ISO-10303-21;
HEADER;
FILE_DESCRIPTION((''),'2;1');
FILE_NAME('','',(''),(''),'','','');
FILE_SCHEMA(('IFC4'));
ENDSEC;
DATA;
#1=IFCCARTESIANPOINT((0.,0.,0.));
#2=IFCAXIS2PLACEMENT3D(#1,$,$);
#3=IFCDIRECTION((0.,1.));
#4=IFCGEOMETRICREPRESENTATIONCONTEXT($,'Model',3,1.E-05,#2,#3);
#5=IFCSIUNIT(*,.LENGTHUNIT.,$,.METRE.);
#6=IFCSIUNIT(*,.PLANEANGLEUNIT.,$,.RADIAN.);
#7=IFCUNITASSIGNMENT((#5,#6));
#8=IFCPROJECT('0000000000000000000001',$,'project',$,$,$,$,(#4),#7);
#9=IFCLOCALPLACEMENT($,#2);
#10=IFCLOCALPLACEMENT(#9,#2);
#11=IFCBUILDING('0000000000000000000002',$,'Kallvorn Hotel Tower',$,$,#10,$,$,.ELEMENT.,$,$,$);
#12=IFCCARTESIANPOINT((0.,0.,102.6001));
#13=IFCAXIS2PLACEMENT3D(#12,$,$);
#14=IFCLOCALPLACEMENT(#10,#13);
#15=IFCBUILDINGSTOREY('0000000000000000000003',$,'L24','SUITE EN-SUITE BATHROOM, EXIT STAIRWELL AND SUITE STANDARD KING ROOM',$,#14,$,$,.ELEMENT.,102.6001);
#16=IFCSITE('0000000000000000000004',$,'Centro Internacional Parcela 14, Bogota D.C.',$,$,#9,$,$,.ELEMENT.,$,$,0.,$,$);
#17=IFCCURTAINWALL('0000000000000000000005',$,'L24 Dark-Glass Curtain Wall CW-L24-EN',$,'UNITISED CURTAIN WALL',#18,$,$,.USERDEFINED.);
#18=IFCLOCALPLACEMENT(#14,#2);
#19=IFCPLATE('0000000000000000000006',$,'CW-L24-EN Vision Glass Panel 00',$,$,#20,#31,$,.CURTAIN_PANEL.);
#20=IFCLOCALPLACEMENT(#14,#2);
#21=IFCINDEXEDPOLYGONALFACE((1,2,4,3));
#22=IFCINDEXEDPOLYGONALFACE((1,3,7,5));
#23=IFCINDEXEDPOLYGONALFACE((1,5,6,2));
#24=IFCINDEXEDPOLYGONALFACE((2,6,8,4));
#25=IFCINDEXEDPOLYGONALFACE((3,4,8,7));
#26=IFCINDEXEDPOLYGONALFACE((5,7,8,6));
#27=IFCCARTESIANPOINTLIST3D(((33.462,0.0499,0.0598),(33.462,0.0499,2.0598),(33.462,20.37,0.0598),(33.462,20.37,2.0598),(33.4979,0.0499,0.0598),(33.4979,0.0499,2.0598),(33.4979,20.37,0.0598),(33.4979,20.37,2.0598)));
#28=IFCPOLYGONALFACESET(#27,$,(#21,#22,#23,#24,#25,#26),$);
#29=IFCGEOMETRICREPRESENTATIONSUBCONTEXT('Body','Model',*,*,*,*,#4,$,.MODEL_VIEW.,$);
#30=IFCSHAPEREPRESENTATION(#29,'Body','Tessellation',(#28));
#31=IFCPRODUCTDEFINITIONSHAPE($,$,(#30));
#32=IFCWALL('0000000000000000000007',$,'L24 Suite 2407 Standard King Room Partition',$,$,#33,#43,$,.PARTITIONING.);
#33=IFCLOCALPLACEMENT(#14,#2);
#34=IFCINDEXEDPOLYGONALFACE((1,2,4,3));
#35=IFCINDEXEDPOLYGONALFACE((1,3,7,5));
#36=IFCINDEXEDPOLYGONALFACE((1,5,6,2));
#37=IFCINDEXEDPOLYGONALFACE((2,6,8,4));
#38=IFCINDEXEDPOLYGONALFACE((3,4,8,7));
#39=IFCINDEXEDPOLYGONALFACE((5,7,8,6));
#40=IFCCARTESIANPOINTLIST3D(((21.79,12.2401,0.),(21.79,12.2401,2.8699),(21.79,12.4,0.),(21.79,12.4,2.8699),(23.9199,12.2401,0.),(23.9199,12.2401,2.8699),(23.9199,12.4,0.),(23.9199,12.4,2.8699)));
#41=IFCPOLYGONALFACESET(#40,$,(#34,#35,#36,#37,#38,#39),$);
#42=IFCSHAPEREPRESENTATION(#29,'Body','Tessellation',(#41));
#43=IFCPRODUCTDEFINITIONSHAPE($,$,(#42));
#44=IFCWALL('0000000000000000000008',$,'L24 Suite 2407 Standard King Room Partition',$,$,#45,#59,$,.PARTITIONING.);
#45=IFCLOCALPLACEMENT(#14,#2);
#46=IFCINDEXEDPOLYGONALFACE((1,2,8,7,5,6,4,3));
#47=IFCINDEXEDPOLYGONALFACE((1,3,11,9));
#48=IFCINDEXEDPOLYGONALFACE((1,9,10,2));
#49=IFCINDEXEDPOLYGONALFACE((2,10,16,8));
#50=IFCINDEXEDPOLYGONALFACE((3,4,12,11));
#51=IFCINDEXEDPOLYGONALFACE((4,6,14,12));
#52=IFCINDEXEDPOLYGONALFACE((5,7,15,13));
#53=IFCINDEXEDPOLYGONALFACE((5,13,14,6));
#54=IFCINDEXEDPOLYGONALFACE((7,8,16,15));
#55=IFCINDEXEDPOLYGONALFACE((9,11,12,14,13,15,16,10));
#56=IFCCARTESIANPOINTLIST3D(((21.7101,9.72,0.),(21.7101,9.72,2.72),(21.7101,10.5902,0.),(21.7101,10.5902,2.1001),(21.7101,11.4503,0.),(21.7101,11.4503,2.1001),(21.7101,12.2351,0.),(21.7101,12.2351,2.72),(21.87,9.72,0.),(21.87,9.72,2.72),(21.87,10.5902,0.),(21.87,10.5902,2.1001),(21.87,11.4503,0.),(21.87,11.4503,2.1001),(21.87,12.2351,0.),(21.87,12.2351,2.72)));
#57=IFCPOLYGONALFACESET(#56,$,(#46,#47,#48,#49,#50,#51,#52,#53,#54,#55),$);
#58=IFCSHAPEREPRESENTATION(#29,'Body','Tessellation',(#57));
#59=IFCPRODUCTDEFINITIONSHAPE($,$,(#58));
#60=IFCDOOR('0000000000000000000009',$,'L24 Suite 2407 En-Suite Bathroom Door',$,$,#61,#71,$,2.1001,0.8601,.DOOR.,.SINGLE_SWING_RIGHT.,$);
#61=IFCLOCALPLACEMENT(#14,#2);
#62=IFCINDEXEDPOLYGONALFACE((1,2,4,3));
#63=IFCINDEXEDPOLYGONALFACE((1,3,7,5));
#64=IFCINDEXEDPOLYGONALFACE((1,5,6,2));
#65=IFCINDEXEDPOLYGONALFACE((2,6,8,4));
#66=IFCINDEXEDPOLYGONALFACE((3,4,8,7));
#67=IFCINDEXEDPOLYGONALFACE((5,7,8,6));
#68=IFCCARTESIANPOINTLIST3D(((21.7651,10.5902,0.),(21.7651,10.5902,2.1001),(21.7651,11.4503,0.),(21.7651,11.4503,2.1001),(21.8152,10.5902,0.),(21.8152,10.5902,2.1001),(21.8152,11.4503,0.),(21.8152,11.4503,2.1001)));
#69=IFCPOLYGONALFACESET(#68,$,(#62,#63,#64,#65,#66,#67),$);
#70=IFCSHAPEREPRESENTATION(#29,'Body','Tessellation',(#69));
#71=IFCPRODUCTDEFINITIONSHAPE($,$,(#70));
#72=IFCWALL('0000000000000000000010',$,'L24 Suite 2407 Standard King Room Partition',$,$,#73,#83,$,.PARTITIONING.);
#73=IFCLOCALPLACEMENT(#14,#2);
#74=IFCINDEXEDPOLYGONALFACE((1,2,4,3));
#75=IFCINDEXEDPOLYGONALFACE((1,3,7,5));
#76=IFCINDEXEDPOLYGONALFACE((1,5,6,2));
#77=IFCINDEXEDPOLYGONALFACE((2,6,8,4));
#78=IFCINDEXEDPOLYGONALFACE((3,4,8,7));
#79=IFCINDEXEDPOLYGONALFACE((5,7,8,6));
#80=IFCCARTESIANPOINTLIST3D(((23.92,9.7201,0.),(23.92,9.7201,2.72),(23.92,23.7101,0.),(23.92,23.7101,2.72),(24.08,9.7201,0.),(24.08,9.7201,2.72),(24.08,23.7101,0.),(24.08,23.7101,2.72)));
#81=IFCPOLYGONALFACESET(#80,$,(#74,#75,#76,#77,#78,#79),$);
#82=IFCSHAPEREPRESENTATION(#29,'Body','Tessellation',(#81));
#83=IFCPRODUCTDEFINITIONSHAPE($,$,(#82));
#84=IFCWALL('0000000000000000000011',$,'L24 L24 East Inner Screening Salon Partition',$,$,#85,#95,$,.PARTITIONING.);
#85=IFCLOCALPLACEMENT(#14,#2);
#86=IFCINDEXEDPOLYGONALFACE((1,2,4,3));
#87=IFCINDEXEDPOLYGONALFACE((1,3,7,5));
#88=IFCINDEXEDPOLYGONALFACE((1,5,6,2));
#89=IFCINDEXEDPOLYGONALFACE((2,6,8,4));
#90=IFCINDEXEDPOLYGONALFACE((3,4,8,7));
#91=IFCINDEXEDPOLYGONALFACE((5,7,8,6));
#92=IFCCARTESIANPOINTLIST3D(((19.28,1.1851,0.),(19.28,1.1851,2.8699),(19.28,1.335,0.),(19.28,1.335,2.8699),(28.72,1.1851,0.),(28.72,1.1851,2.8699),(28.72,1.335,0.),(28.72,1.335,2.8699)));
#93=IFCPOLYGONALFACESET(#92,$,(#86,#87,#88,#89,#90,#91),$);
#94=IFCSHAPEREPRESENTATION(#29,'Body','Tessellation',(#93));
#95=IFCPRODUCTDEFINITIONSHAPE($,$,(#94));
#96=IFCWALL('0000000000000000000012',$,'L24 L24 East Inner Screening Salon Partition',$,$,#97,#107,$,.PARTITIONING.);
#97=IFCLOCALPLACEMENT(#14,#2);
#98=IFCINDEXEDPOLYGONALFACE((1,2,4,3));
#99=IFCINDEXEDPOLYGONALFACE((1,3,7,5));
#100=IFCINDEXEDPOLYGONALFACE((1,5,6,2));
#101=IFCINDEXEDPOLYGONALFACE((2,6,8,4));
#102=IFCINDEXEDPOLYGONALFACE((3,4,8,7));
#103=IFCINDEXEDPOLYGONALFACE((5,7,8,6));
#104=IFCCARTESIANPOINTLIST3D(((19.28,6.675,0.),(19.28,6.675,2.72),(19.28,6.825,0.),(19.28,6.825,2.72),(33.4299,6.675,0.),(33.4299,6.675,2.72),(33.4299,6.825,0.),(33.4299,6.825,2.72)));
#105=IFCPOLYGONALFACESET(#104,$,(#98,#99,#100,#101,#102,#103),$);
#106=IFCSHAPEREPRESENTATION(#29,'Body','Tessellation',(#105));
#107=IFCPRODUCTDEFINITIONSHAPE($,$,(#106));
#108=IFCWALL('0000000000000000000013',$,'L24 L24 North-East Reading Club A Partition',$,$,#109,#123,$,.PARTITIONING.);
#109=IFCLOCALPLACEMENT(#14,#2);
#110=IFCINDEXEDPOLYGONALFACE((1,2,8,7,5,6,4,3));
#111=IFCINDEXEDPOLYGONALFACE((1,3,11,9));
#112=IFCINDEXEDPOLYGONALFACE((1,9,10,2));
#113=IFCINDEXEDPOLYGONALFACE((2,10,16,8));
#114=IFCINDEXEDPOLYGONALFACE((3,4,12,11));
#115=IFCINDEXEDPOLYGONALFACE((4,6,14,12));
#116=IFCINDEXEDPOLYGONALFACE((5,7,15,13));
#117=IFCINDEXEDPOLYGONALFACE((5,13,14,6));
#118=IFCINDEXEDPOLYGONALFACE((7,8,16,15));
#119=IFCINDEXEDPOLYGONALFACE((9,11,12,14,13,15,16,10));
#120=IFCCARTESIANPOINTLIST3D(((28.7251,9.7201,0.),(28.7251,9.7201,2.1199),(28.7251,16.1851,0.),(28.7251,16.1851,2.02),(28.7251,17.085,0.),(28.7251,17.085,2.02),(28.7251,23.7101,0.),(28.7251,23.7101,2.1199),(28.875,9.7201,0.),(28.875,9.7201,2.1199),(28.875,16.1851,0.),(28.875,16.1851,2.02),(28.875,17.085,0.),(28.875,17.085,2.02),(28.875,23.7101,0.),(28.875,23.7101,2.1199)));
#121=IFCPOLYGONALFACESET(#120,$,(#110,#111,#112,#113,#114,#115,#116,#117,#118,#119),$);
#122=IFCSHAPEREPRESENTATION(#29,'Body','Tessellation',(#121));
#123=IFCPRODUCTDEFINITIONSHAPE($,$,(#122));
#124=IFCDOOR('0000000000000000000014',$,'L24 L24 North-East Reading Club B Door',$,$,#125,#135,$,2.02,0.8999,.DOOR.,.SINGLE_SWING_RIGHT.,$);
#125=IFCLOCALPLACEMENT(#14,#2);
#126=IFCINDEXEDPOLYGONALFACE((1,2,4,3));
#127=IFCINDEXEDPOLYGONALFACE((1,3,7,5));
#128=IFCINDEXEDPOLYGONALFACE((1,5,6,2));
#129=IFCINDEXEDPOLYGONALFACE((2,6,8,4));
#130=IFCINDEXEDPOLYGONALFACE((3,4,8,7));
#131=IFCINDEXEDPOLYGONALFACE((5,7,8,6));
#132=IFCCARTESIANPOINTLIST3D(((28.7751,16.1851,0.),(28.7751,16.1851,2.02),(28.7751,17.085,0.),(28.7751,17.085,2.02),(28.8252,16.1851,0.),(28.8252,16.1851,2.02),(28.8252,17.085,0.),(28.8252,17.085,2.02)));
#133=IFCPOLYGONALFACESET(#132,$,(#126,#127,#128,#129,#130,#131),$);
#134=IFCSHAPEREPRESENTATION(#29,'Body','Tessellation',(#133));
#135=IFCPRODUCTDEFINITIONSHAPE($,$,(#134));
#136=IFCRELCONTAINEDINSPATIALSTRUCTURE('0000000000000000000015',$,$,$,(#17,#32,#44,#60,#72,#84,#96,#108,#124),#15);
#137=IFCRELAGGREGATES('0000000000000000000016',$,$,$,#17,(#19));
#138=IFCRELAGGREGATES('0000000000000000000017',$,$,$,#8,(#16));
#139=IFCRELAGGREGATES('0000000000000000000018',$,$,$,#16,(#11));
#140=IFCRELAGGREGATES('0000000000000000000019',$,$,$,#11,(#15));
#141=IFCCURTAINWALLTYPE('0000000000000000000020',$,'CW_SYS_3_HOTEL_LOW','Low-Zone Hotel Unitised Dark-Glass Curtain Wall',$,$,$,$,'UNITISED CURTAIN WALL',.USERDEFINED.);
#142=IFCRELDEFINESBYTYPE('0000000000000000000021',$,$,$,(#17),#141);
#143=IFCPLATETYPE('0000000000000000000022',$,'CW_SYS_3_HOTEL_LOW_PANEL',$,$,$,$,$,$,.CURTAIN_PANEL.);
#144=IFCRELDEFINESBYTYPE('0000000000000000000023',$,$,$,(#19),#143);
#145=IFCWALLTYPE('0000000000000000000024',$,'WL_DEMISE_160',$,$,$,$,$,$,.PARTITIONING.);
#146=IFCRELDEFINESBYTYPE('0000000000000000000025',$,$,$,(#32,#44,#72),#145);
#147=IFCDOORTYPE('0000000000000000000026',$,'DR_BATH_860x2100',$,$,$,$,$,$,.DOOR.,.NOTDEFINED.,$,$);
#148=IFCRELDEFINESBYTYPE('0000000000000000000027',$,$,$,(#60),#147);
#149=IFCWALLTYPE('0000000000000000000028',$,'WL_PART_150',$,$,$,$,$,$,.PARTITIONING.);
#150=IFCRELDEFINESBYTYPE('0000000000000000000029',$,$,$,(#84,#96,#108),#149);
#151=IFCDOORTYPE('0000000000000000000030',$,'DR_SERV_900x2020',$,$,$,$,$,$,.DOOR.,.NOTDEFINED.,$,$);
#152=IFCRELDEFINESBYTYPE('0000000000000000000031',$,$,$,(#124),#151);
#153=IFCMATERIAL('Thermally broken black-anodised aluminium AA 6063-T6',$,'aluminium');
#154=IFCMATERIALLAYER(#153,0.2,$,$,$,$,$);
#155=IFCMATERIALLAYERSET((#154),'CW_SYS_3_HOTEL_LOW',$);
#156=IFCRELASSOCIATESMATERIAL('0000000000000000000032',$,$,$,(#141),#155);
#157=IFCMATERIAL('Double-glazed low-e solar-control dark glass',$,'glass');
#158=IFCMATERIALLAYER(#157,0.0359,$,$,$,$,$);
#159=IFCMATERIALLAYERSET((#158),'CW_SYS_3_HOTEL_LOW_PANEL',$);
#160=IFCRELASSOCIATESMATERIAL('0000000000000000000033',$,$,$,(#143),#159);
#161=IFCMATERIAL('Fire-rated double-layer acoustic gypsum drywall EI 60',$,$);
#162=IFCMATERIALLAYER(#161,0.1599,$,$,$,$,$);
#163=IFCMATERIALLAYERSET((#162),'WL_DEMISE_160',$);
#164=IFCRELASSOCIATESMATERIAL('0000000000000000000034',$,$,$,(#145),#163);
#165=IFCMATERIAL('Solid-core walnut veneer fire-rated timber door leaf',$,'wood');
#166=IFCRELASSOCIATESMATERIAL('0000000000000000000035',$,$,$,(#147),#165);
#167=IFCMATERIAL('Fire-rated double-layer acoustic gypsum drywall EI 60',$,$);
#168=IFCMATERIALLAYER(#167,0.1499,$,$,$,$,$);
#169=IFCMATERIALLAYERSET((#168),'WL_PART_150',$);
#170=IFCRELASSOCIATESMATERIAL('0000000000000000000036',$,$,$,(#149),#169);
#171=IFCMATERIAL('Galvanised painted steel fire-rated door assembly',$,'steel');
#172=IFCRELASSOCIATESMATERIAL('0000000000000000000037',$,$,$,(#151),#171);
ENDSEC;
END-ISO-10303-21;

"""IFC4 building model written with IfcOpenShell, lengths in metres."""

from ifc_helpers import new_model, si_unit, direction, frame, frame_2d, origin, origin_2d, place, context, subcontext, project, spatial, rectangle, extrude, material, layer, layer_set, type_object, element, fill, aggregate, save


model = new_model("IFC4")

# Units and contexts
model_context = context("Model", 3, precision=1e-05, world=origin(), true_north=direction((0.0, 1.0)))
body_context = subcontext(model_context, "Body", "Model", "MODEL_VIEW")
ifc_project = project(units=[si_unit("LENGTHUNIT", "METRE"), si_unit("PLANEANGLEUNIT", "RADIAN")], contexts=[model_context])

# Site, building, storey
site_placement = place(None, origin())
site = spatial("IfcSite", under=ifc_project, at=site_placement, Name="Centro Internacional Parcela 14, Bogota D.C.", CompositionType="ELEMENT", RefElevation=0.0)
building_placement = place(site_placement, origin())
building = spatial("IfcBuilding", under=site, at=building_placement, Name="Kallvorn Hotel Tower", CompositionType="ELEMENT")
storey_placement = place(building_placement, frame((0.0, 0.0, 102.6001)))
storey = spatial("IfcBuildingStorey", under=building, at=storey_placement, Name="L24", Description="SUITE EN-SUITE BATHROOM, EXIT STAIRWELL AND SUITE STANDARD KING ROOM", CompositionType="ELEMENT", Elevation=102.6001)

# Curtain wall
ifc_material_1 = material(Name="Thermally broken black-anodised aluminium AA 6063-T6", Category="aluminium")
ifc_layer_1 = layer(ifc_material_1, 0.2)
ifc_layer_set_1 = layer_set([ifc_layer_1], Name="CW_SYS_3_HOTEL_LOW")
curtain_wall_type = type_object("IfcCurtainWallType", Name="CW_SYS_3_HOTEL_LOW", Description="Low-Zone Hotel Unitised Dark-Glass Curtain Wall", ElementType="UNITISED CURTAIN WALL", PredefinedType="USERDEFINED", material=ifc_layer_set_1)
curtain_wall_placement = place(storey_placement, origin())
curtain_wall = element("IfcCurtainWall", 1, at=curtain_wall_placement, inside=storey, type_object=curtain_wall_type, Name="L24 Dark-Glass Curtain Wall CW-L24-EN", ObjectType="UNITISED CURTAIN WALL", PredefinedType="USERDEFINED")

# Plate
ifc_material_2 = material(Name="Double-glazed low-e solar-control dark glass", Category="glass")
ifc_layer_2 = layer(ifc_material_2, 0.0359)
ifc_layer_set_2 = layer_set([ifc_layer_2], Name="CW_SYS_3_HOTEL_LOW_PANEL")
plate_type = type_object("IfcPlateType", Name="CW_SYS_3_HOTEL_LOW_PANEL", PredefinedType="CURTAIN_PANEL", material=ifc_layer_set_2)
plate_placement = place(storey_placement, frame((33.48, 10.21, 0.0598), z_axis=(0.0, 0.0, 1.0), x_axis=(0.0, 1.0, 0.0)))
plate = element("IfcPlate", 2, at=plate_placement, type_object=plate_type, Name="CW-L24-EN Vision Glass Panel 00", PredefinedType="CURTAIN_PANEL", context=body_context, shape_type="SweptSolid", body=[
    extrude(rectangle(XDim=20.3201, YDim=0.0359, at=origin_2d()), origin(), (0.0, 0.0, 1.0), 2.0),
])
aggregate(curtain_wall, [plate])

# Wall
ifc_material_3 = material(Name="Fire-rated double-layer acoustic gypsum drywall EI 60")
ifc_layer_3 = layer(ifc_material_3, 0.1599)
ifc_layer_set_3 = layer_set([ifc_layer_3], Name="WL_DEMISE_160")
wall_type_1 = type_object("IfcWallType", Name="WL_DEMISE_160", PredefinedType="PARTITIONING", material=ifc_layer_set_3)
wall_1_placement = place(storey_placement, frame((21.79, 12.3201, 0.0), z_axis=(0.0, 0.0, 1.0), x_axis=(1.0, 0.0, 0.0)))
element("IfcWall", 3, at=wall_1_placement, inside=storey, type_object=wall_type_1, Name="L24 Suite 2407 Standard King Room Partition", PredefinedType="PARTITIONING", context=body_context, shape_type="SweptSolid", body=[
    extrude(rectangle(XDim=2.1299, YDim=0.1599, at=frame_2d((1.0649, 0.0))), origin(), (0.0, 0.0, 1.0), 2.8699),
])

# Wall, opening, door
wall_2_placement = place(storey_placement, frame((21.79, 9.72, 0.0), z_axis=(0.0, 0.0, 1.0), x_axis=(0.0, 1.0, 0.0)))
wall_2 = element("IfcWall", 4, at=wall_2_placement, inside=storey, type_object=wall_type_1, Name="L24 Suite 2407 Standard King Room Partition", PredefinedType="PARTITIONING", context=body_context, shape_type="SweptSolid", body=[
    extrude(rectangle(XDim=2.5151, YDim=0.1599, at=frame_2d((1.2576, 0.0))), origin(), (0.0, 0.0, 1.0), 2.72),
])
opening_1_placement = place(wall_2_placement, frame((0.8701, 0.0, 0.0)))
opening_1 = element("IfcOpeningElement", 5, at=opening_1_placement, cuts=wall_2, PredefinedType="OPENING", context=body_context, shape_type="SweptSolid", body=[
    extrude(rectangle(XDim=0.8601, YDim=2.1001, at=frame_2d((0.4302, 1.05))), frame((0.0, 0.095, 0.0), z_axis=(0.0, -1.0, 0.0), x_axis=(1.0, 0.0, 0.0)), (0.0, 0.0, 1.0), 0.1899),
])
ifc_material_4 = material(Name="Solid-core walnut veneer fire-rated timber door leaf", Category="wood")
door_type_1 = type_object("IfcDoorType", Name="DR_BATH_860x2100", OperationType="NOTDEFINED", PredefinedType="DOOR", material=ifc_material_4)
door_1_placement = place(opening_1_placement, origin())
door_1 = element("IfcDoor", 6, at=door_1_placement, inside=storey, type_object=door_type_1, Name="L24 Suite 2407 En-Suite Bathroom Door", OperationType="SINGLE_SWING_RIGHT", OverallHeight=2.1001, OverallWidth=0.8601, PredefinedType="DOOR", context=body_context, shape_type="SweptSolid", body=[
    extrude(rectangle(XDim=0.8601, YDim=2.1001, at=frame_2d((0.4302, 1.05))), frame((0.0, 0.0249, 0.0), z_axis=(0.0, -1.0, 0.0), x_axis=(1.0, 0.0, 0.0)), (0.0, 0.0, 1.0), 0.05),
])
fill(opening_1, door_1)

# Walls
wall_3_placement = place(storey_placement, frame((24.0, 9.72, 0.0), z_axis=(0.0, 0.0, 1.0), x_axis=(0.0, 1.0, 0.0)))
element("IfcWall", 7, at=wall_3_placement, inside=storey, type_object=wall_type_1, Name="L24 Suite 2407 Standard King Room Partition", PredefinedType="PARTITIONING", context=body_context, shape_type="SweptSolid", body=[
    extrude(rectangle(XDim=13.99, YDim=0.1599, at=frame_2d((6.9951, 0.0))), origin(), (0.0, 0.0, 1.0), 2.72),
])
ifc_material_5 = material(Name="Fire-rated double-layer acoustic gypsum drywall EI 60")
ifc_layer_4 = layer(ifc_material_5, 0.1499)
ifc_layer_set_4 = layer_set([ifc_layer_4], Name="WL_PART_150")
wall_type_2 = type_object("IfcWallType", Name="WL_PART_150", PredefinedType="PARTITIONING", material=ifc_layer_set_4)
wall_4_placement = place(storey_placement, frame((19.28, 1.26, 0.0), z_axis=(0.0, 0.0, 1.0), x_axis=(1.0, 0.0, 0.0)))
element("IfcWall", 8, at=wall_4_placement, inside=storey, type_object=wall_type_2, Name="L24 L24 East Inner Screening Salon Partition", PredefinedType="PARTITIONING", context=body_context, shape_type="SweptSolid", body=[
    extrude(rectangle(XDim=9.4399, YDim=0.1499, at=frame_2d((4.72, 0.0))), origin(), (0.0, 0.0, 1.0), 2.8699),
])
wall_5_placement = place(storey_placement, frame((19.28, 6.75, 0.0), z_axis=(0.0, 0.0, 1.0), x_axis=(1.0, 0.0, 0.0)))
element("IfcWall", 9, at=wall_5_placement, inside=storey, type_object=wall_type_2, Name="L24 L24 East Inner Screening Salon Partition", PredefinedType="PARTITIONING", context=body_context, shape_type="SweptSolid", body=[
    extrude(rectangle(XDim=14.1499, YDim=0.1499, at=frame_2d((7.075, 0.0))), origin(), (0.0, 0.0, 1.0), 2.72),
])

# Wall, opening, door
wall_6_placement = place(storey_placement, frame((28.8, 9.72, 0.0), z_axis=(0.0, 0.0, 1.0), x_axis=(0.0, 1.0, 0.0)))
wall_6 = element("IfcWall", 10, at=wall_6_placement, inside=storey, type_object=wall_type_2, Name="L24 L24 North-East Reading Club A Partition", PredefinedType="PARTITIONING", context=body_context, shape_type="SweptSolid", body=[
    extrude(rectangle(XDim=13.99, YDim=0.1499, at=frame_2d((6.9951, 0.0))), origin(), (0.0, 0.0, 1.0), 2.1199),
])
opening_2_placement = place(wall_6_placement, frame((6.4651, 0.0, 0.0)))
opening_2 = element("IfcOpeningElement", 11, at=opening_2_placement, cuts=wall_6, PredefinedType="OPENING", context=body_context, shape_type="SweptSolid", body=[
    extrude(rectangle(XDim=0.8999, YDim=2.02, at=frame_2d((0.45, 1.01))), frame((0.0, 0.0898, 0.0), z_axis=(0.0, -1.0, 0.0), x_axis=(1.0, 0.0, 0.0)), (0.0, 0.0, 1.0), 0.1799),
])
ifc_material_6 = material(Name="Galvanised painted steel fire-rated door assembly", Category="steel")
door_type_2 = type_object("IfcDoorType", Name="DR_SERV_900x2020", OperationType="NOTDEFINED", PredefinedType="DOOR", material=ifc_material_6)
door_2_placement = place(opening_2_placement, origin())
door_2 = element("IfcDoor", 12, at=door_2_placement, inside=storey, type_object=door_type_2, Name="L24 L24 North-East Reading Club B Door", OperationType="SINGLE_SWING_RIGHT", OverallHeight=2.02, OverallWidth=0.8999, PredefinedType="DOOR", context=body_context, shape_type="SweptSolid", body=[
    extrude(rectangle(XDim=0.8999, YDim=2.02, at=frame_2d((0.45, 1.01))), frame((0.0, 0.0249, 0.0), z_axis=(0.0, -1.0, 0.0), x_axis=(1.0, 0.0, 0.0)), (0.0, 0.0, 1.0), 0.05),
])
fill(opening_2, door_2)

save(model, "model.ifc")
